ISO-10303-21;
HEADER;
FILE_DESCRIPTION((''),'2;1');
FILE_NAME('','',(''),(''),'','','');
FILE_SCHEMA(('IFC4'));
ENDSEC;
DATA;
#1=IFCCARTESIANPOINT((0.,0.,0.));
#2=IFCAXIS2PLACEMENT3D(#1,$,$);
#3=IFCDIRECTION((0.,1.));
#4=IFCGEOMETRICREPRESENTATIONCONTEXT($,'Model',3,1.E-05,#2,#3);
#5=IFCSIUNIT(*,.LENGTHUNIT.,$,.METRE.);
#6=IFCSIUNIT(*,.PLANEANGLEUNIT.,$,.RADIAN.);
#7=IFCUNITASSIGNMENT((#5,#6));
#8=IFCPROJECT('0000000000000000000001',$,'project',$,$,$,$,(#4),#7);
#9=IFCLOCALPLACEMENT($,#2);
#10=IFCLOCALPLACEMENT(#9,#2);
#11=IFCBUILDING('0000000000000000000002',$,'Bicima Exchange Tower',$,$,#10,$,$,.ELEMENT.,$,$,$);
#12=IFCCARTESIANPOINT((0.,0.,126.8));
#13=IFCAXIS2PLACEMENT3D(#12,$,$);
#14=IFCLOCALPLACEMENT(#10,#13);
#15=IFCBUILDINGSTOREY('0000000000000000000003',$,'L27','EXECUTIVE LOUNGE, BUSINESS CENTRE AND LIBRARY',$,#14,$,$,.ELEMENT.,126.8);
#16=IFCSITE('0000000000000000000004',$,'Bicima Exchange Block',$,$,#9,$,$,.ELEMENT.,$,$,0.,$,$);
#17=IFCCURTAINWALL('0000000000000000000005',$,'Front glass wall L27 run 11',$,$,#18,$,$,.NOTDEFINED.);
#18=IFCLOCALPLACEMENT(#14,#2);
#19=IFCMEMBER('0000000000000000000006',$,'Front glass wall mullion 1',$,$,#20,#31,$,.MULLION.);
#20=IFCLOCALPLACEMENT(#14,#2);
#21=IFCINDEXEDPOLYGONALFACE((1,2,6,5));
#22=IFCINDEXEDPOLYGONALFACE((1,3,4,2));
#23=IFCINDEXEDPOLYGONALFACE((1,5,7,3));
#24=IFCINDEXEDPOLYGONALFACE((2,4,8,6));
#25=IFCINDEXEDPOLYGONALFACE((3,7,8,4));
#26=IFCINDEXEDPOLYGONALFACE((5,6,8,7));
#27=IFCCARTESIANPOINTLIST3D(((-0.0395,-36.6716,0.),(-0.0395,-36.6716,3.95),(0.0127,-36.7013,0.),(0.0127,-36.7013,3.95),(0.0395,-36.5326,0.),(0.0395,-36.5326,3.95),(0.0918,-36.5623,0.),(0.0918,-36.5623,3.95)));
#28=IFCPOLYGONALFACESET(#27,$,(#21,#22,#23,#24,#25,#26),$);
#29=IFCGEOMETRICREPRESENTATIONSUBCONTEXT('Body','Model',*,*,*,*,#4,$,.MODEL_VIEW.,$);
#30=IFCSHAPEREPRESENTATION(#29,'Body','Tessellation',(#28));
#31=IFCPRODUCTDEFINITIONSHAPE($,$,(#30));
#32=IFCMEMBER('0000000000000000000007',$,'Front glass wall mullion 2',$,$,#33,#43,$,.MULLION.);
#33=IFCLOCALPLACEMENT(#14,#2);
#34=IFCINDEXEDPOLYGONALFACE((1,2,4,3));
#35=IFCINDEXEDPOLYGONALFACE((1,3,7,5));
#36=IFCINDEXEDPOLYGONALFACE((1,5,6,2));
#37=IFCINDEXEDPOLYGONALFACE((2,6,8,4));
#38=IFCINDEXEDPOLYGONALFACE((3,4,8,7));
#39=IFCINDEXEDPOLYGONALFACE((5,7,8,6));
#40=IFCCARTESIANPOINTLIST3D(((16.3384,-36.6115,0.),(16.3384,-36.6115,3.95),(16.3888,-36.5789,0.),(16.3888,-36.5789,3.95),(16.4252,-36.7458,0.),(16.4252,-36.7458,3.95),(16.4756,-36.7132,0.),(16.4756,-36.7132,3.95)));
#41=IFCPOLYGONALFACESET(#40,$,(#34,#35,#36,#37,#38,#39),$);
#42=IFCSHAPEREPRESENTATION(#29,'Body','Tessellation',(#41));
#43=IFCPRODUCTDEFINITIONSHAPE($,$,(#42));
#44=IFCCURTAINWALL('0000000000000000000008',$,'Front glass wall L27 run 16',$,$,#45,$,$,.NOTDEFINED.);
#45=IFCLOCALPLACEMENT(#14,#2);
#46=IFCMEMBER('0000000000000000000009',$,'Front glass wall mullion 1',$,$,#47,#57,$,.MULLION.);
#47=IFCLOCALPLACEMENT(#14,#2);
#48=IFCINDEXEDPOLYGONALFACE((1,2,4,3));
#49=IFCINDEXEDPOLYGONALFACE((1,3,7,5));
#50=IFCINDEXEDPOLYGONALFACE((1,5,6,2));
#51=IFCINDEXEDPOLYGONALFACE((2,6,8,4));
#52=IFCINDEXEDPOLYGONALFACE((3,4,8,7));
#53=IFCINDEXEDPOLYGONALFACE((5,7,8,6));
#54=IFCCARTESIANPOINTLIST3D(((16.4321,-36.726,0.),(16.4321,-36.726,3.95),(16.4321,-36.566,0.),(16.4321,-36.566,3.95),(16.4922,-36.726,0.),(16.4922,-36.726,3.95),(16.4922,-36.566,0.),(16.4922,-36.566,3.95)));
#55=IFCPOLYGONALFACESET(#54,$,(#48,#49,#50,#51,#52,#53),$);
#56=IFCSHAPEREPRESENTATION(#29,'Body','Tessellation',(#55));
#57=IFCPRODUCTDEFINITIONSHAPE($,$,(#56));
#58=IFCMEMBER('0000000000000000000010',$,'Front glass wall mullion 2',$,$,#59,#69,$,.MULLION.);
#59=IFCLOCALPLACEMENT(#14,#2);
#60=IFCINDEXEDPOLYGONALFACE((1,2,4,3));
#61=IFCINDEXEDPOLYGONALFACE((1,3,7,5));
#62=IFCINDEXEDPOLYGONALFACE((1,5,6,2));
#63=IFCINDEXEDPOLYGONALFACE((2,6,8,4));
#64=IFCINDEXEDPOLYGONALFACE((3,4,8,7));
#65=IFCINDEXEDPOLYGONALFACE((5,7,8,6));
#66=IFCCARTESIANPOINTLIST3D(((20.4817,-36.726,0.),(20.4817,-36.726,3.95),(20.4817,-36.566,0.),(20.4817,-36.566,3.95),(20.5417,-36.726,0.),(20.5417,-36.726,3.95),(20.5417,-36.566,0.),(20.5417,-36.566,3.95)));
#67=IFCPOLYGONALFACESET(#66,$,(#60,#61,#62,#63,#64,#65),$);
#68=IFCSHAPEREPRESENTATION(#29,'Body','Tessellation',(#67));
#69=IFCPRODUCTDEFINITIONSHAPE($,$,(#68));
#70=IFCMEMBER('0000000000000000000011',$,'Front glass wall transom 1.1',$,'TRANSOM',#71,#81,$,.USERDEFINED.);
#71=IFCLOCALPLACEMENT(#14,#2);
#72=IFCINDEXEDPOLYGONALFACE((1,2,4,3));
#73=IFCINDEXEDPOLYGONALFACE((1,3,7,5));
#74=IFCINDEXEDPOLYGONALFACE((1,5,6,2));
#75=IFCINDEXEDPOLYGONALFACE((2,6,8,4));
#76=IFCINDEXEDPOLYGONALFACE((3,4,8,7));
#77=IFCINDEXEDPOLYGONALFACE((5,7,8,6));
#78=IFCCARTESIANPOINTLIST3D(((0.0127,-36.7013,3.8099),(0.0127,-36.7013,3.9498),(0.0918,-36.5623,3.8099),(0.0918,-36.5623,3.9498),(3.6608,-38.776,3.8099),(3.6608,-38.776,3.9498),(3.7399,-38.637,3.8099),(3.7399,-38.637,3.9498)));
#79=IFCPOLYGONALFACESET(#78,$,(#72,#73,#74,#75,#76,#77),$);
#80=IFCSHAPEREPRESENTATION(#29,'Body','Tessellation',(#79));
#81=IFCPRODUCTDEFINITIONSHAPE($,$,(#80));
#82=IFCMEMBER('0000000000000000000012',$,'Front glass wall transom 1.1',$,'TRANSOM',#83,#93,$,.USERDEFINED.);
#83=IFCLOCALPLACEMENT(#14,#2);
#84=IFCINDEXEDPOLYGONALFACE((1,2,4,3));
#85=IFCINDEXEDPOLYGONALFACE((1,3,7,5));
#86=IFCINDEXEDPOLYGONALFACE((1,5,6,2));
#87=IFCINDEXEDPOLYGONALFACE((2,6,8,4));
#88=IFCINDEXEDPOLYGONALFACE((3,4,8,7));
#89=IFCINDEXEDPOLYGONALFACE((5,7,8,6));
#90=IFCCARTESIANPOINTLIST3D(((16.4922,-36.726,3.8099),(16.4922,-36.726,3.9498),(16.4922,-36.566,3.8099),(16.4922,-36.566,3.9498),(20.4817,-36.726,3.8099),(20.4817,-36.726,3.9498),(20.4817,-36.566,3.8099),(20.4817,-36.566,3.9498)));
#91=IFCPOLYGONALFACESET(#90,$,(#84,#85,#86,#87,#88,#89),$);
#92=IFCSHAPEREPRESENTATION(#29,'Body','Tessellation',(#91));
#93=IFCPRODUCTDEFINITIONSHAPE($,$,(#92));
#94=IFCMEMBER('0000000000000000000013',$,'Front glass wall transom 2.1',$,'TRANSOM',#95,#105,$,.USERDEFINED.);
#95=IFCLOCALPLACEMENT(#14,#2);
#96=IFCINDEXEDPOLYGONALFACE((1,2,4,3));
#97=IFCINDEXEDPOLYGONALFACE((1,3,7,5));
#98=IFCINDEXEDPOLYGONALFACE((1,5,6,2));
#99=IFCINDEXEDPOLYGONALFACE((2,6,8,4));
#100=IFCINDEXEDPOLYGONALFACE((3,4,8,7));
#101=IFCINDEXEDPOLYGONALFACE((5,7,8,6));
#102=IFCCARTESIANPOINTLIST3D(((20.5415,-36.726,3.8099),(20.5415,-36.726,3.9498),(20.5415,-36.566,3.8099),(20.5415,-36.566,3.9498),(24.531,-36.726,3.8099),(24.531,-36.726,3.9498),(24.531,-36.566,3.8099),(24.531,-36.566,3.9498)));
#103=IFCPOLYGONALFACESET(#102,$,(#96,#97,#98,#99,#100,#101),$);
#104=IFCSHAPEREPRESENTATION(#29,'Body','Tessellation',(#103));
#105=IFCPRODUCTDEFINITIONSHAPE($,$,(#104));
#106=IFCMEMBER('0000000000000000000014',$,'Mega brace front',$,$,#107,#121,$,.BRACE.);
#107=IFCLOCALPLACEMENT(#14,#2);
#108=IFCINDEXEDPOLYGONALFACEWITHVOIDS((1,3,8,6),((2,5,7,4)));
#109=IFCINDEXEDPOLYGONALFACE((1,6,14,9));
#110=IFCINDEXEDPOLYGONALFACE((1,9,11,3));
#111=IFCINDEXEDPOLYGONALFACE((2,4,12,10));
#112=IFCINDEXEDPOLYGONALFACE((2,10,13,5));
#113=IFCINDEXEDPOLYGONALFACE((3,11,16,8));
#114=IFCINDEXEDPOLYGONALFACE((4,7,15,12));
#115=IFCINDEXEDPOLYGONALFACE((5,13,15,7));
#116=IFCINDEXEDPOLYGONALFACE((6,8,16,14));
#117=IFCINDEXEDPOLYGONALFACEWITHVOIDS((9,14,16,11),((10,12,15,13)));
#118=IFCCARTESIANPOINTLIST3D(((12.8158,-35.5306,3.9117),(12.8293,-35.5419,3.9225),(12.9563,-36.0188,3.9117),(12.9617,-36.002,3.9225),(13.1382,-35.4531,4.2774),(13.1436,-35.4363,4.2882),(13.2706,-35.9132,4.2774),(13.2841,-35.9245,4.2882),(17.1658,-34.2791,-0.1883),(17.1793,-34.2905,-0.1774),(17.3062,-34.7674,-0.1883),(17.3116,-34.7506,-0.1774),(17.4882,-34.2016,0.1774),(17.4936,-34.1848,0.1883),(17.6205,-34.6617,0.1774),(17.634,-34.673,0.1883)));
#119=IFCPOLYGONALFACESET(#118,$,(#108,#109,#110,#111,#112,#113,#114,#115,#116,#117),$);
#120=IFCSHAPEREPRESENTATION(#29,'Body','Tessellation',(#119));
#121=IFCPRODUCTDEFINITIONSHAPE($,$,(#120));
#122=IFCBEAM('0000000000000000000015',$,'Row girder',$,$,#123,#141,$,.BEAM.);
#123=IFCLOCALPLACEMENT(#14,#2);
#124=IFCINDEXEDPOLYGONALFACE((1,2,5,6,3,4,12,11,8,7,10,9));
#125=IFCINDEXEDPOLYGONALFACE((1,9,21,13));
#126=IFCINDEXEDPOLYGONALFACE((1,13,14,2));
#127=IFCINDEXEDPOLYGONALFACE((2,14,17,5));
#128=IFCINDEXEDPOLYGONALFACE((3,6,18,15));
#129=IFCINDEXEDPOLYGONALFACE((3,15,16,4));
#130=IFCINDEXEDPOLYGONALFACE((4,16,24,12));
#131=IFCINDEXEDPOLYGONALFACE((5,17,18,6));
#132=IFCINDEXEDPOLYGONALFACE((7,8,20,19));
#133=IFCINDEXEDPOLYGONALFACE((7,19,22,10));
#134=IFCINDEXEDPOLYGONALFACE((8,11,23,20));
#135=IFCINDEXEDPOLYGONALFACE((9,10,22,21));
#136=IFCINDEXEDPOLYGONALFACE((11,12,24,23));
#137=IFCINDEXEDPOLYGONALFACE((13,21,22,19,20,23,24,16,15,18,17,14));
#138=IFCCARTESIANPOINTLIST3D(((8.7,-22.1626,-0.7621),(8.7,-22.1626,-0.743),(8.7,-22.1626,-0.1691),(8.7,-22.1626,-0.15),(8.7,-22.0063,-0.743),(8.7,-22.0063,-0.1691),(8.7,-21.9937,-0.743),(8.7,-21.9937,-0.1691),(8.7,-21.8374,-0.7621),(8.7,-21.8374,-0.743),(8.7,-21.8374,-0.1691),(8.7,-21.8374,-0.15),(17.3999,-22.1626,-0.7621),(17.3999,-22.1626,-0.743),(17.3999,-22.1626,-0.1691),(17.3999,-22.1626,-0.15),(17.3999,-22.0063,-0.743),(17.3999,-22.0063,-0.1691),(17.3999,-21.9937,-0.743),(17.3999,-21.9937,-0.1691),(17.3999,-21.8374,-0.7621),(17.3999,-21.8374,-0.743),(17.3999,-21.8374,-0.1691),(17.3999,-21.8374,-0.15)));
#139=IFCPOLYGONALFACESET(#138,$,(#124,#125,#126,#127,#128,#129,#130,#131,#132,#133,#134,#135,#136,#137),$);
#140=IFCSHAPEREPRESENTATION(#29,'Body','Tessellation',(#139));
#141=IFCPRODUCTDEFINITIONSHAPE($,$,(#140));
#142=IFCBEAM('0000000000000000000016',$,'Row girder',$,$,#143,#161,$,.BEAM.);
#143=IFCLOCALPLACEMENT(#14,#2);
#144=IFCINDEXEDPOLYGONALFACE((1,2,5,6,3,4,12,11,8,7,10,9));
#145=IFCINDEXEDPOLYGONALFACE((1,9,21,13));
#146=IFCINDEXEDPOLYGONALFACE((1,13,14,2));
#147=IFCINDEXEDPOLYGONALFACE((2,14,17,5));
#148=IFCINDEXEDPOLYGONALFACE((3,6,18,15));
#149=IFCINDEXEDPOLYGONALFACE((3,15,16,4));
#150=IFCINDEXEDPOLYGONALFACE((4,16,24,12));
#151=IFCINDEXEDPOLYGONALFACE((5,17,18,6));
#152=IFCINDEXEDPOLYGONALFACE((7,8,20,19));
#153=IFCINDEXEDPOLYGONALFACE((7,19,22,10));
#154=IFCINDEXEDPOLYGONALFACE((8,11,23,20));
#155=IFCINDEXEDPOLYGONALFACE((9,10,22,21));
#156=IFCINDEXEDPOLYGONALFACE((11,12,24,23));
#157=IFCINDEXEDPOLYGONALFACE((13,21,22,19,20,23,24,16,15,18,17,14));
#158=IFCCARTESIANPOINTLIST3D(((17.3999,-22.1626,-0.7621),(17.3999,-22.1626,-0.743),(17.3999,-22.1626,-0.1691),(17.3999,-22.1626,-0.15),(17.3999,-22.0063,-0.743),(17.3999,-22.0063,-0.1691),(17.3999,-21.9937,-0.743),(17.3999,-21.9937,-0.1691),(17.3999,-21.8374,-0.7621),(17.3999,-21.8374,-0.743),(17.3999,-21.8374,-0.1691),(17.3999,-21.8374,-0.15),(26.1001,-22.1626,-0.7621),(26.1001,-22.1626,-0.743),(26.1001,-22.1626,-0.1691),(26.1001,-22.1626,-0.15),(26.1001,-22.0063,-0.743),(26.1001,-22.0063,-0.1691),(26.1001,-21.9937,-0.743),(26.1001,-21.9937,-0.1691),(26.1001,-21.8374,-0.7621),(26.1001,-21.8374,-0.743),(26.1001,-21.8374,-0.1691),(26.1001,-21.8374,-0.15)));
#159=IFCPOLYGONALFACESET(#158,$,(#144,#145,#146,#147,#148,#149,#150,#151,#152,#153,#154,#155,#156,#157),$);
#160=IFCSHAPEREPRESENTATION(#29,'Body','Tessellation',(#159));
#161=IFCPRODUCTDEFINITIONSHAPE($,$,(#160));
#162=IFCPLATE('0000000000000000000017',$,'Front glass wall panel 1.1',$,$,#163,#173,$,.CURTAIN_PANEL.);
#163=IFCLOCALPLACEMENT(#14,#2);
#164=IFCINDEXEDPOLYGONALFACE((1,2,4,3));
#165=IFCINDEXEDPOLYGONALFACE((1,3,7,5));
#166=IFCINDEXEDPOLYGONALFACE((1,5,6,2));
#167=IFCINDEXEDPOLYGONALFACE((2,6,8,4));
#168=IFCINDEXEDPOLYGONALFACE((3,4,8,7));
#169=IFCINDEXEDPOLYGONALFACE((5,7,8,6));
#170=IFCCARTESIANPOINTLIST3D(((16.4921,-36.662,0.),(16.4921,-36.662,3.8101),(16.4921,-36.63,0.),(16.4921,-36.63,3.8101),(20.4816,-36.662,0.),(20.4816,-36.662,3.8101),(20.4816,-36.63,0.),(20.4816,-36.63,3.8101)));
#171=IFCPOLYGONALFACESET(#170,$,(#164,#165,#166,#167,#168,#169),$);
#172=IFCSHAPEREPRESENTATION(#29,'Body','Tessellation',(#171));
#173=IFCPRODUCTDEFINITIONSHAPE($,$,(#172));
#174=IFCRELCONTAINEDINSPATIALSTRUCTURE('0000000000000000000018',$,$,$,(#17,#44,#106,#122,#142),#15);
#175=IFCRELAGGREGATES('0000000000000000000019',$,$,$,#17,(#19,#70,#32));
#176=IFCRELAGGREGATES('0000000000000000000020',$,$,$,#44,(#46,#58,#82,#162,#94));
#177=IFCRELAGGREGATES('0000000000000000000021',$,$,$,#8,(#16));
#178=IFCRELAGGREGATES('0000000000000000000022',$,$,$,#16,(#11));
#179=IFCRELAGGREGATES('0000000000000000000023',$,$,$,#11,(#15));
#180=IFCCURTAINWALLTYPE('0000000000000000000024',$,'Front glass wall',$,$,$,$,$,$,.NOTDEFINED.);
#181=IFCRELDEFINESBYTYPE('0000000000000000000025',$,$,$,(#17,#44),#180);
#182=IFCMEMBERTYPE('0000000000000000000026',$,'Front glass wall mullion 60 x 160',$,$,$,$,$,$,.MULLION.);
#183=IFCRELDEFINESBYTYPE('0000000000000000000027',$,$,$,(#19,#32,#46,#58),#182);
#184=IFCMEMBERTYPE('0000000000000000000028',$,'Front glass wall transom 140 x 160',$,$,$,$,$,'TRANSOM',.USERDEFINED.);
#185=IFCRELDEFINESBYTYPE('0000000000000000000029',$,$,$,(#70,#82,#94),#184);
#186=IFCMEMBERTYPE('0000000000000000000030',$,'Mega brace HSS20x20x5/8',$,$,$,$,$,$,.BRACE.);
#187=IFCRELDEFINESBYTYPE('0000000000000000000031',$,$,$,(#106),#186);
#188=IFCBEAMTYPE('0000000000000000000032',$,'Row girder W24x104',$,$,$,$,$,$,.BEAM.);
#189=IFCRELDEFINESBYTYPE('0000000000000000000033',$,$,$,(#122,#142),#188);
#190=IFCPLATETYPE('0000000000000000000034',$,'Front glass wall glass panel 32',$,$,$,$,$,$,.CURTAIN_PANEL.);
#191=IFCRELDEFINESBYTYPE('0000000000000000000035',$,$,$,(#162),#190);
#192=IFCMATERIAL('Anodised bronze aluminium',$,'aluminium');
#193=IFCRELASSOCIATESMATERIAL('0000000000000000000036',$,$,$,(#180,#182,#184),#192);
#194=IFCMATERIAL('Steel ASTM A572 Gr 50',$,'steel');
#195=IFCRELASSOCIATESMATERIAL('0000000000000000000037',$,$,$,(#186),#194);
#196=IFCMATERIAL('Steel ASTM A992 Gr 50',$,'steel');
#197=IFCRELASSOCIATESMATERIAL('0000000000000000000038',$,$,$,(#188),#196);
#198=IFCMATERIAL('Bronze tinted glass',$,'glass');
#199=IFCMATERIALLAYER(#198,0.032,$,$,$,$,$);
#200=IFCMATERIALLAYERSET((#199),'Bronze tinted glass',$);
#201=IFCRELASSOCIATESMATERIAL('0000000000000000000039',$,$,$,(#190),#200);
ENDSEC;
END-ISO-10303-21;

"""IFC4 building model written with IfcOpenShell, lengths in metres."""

from ifc_helpers import new_model, si_unit, direction, frame, origin, origin_2d, place, context, subcontext, project, spatial, rectangle, hollow_rectangle, i_section, extrude, material, layer, layer_set, material_profile, profile_set, type_object, element, aggregate, save


model = new_model("IFC4")

# Units and contexts
model_context = context("Model", 3, precision=1e-05, world=origin(), true_north=direction((0.0, 1.0)))
body_context = subcontext(model_context, "Body", "Model", "MODEL_VIEW")
ifc_project = project(units=[si_unit("LENGTHUNIT", "METRE"), si_unit("PLANEANGLEUNIT", "RADIAN")], contexts=[model_context])

# Site, building, storey
site_placement = place(None, origin())
site = spatial("IfcSite", under=ifc_project, at=site_placement, Name="Bicima Exchange Block", CompositionType="ELEMENT", RefElevation=0.0)
building_placement = place(site_placement, origin())
building = spatial("IfcBuilding", under=site, at=building_placement, Name="Bicima Exchange Tower", CompositionType="ELEMENT")
storey_placement = place(building_placement, frame((0.0, 0.0, 126.8)))
storey = spatial("IfcBuildingStorey", under=building, at=storey_placement, Name="L27", Description="EXECUTIVE LOUNGE, BUSINESS CENTRE AND LIBRARY", CompositionType="ELEMENT", Elevation=126.8)

# Shared definitions
ifc_material_1 = material(Name="Steel ASTM A992 Gr 50", Category="steel")

# Shared definitions
ifc_material_profile_1 = material_profile(ifc_material_1, i_section(OverallWidth=0.3252, OverallDepth=0.6121, WebThickness=0.0127, FlangeThickness=0.019, at=origin_2d()))
ifc_profile_set_1 = profile_set([ifc_material_profile_1], Name="Steel ASTM A992 Gr 50")

# Curtain walls, members
ifc_material_2 = material(Name="Anodised bronze aluminium", Category="aluminium")
curtain_wall_type = type_object("IfcCurtainWallType", Name="Front glass wall", PredefinedType="NOTDEFINED", material=ifc_material_2)
curtain_wall_1_placement = place(storey_placement, origin())
curtain_wall_1 = element("IfcCurtainWall", 1, at=curtain_wall_1_placement, inside=storey, type_object=curtain_wall_type, Name="Front glass wall L27 run 11", PredefinedType="NOTDEFINED")
ifc_material_profile_2 = material_profile(ifc_material_2, rectangle(XDim=0.1599, YDim=0.0601, at=origin_2d()))
ifc_profile_set_2 = profile_set([ifc_material_profile_2], Name="Anodised bronze aluminium")
member_type_1 = type_object("IfcMemberType", Name="Front glass wall mullion 60 x 160", PredefinedType="MULLION", material=ifc_profile_set_2)
member_1_placement = place(storey_placement, frame((0.0261, -36.6169, 0.0), z_axis=(0.0, 0.0, 1.0), x_axis=(0.49433, 0.869274, 0.0)))
member_1 = element("IfcMember", 2, at=member_1_placement, type_object=member_type_1, Name="Front glass wall mullion 1", PredefinedType="MULLION", context=body_context, shape_type="SweptSolid", body=[
    extrude(rectangle(XDim=0.1599, YDim=0.0601, at=origin_2d()), origin(), (0.0, 0.0, 1.0), 3.95),
])
member_2_placement = place(storey_placement, frame((16.407, -36.6624, 0.0), z_axis=(0.0, 0.0, 1.0), x_axis=(-0.542909, 0.839791, 0.0)))
member_2 = element("IfcMember", 3, at=member_2_placement, type_object=member_type_1, Name="Front glass wall mullion 2", PredefinedType="MULLION", context=body_context, shape_type="SweptSolid", body=[
    extrude(rectangle(XDim=0.1599, YDim=0.0601, at=origin_2d()), origin(), (0.0, 0.0, 1.0), 3.95),
])
curtain_wall_2_placement = place(storey_placement, origin())
curtain_wall_2 = element("IfcCurtainWall", 4, at=curtain_wall_2_placement, inside=storey, type_object=curtain_wall_type, Name="Front glass wall L27 run 16", PredefinedType="NOTDEFINED")
member_3_placement = place(storey_placement, frame((16.4622, -36.646, 0.0), z_axis=(0.0, 0.0, 1.0), x_axis=(0.0, 1.0, 0.0)))
member_3 = element("IfcMember", 5, at=member_3_placement, type_object=member_type_1, Name="Front glass wall mullion 1", PredefinedType="MULLION", context=body_context, shape_type="SweptSolid", body=[
    extrude(rectangle(XDim=0.1599, YDim=0.0601, at=origin_2d()), origin(), (0.0, 0.0, 1.0), 3.95),
])
member_4_placement = place(storey_placement, frame((20.5117, -36.646, 0.0), z_axis=(0.0, 0.0, 1.0), x_axis=(0.0, 1.0, 0.0)))
member_4 = element("IfcMember", 6, at=member_4_placement, type_object=member_type_1, Name="Front glass wall mullion 2", PredefinedType="MULLION", context=body_context, shape_type="SweptSolid", body=[
    extrude(rectangle(XDim=0.1599, YDim=0.0601, at=origin_2d()), origin(), (0.0, 0.0, 1.0), 3.95),
])

# Members
ifc_material_profile_3 = material_profile(ifc_material_2, rectangle(XDim=0.1599, YDim=0.1399, at=origin_2d()))
ifc_profile_set_3 = profile_set([ifc_material_profile_3], Name="Anodised bronze aluminium")
member_type_2 = type_object("IfcMemberType", Name="Front glass wall transom 140 x 160", ElementType="TRANSOM", PredefinedType="USERDEFINED", material=ifc_profile_set_3)
member_5_placement = place(storey_placement, frame((0.0522, -36.6318, 3.8799), z_axis=(0.869265, -0.494346, 0.0), x_axis=(0.494346, 0.869265, 0.0)))
member_5 = element("IfcMember", 7, at=member_5_placement, type_object=member_type_2, Name="Front glass wall transom 1.1", ObjectType="TRANSOM", PredefinedType="USERDEFINED", context=body_context, shape_type="SweptSolid", body=[
    extrude(rectangle(XDim=0.1599, YDim=0.1399, at=origin_2d()), origin(), (0.0, 0.0, 1.0), 4.1968),
])
aggregate(curtain_wall_1, [member_1, member_5, member_2])
member_6_placement = place(storey_placement, frame((16.4922, -36.646, 3.8799), z_axis=(1.0, 0.0, 0.0), x_axis=(0.0, 1.0, 0.0)))
member_6 = element("IfcMember", 8, at=member_6_placement, type_object=member_type_2, Name="Front glass wall transom 1.1", ObjectType="TRANSOM", PredefinedType="USERDEFINED", context=body_context, shape_type="SweptSolid", body=[
    extrude(rectangle(XDim=0.1599, YDim=0.1399, at=origin_2d()), origin(), (0.0, 0.0, 1.0), 3.9895),
])
member_7_placement = place(storey_placement, frame((20.5415, -36.646, 3.8799), z_axis=(1.0, 0.0, 0.0), x_axis=(0.0, 1.0, 0.0)))
member_7 = element("IfcMember", 9, at=member_7_placement, type_object=member_type_2, Name="Front glass wall transom 2.1", ObjectType="TRANSOM", PredefinedType="USERDEFINED", context=body_context, shape_type="SweptSolid", body=[
    extrude(rectangle(XDim=0.1599, YDim=0.1399, at=origin_2d()), origin(), (0.0, 0.0, 1.0), 3.9895),
])
ifc_material_3 = material(Name="Steel ASTM A572 Gr 50", Category="steel")
ifc_material_profile_4 = material_profile(ifc_material_3, hollow_rectangle(XDim=0.5081, YDim=0.5081, WallThickness=0.0146, at=origin_2d()))
ifc_profile_set_4 = profile_set([ifc_material_profile_4], Name="Steel ASTM A572 Gr 50")
member_type_3 = type_object("IfcMemberType", Name="Mega brace HSS20x20x5/8", PredefinedType="BRACE", material=ifc_profile_set_4)
member_8_placement = place(storey_placement, frame((17.3999, -34.4761, 0.0), z_axis=(-0.712266, -0.204921, 0.67133), x_axis=(0.276487, -0.961018, 0.0)))
element("IfcMember", 10, at=member_8_placement, inside=storey, type_object=member_type_3, Name="Mega brace front", PredefinedType="BRACE", context=body_context, shape_type="SweptSolid", body=[
    extrude(hollow_rectangle(XDim=0.5081, YDim=0.5081, WallThickness=0.0146, at=origin_2d()), origin(), (0.0, 0.0, 1.0), 6.1072),
])

# Beams
beam_type_1 = type_object("IfcBeamType", Name="Row girder W24x104", PredefinedType="BEAM", material=ifc_profile_set_1)
beam_1_placement = place(storey_placement, frame((8.7, -22.0, -0.4561), z_axis=(1.0, 0.0, 0.0), x_axis=(0.0, 1.0, 0.0)))
element("IfcBeam", 11, at=beam_1_placement, inside=storey, type_object=beam_type_1, Name="Row girder", PredefinedType="BEAM", context=body_context, shape_type="SweptSolid", body=[
    extrude(i_section(OverallWidth=0.3252, OverallDepth=0.6121, WebThickness=0.0127, FlangeThickness=0.019, at=origin_2d()), origin(), (0.0, 0.0, 1.0), 8.7),
])
beam_2_placement = place(storey_placement, frame((17.3999, -22.0, -0.4561), z_axis=(1.0, 0.0, 0.0), x_axis=(0.0, 1.0, 0.0)))
element("IfcBeam", 12, at=beam_2_placement, inside=storey, type_object=beam_type_1, Name="Row girder", PredefinedType="BEAM", context=body_context, shape_type="SweptSolid", body=[
    extrude(i_section(OverallWidth=0.3252, OverallDepth=0.6121, WebThickness=0.0127, FlangeThickness=0.019, at=origin_2d()), origin(), (0.0, 0.0, 1.0), 8.7002),
])

# Plate
ifc_material_4 = material(Name="Bronze tinted glass", Category="glass")
ifc_layer_1 = layer(ifc_material_4, 0.032)
ifc_layer_set_1 = layer_set([ifc_layer_1], Name="Bronze tinted glass")
plate_type = type_object("IfcPlateType", Name="Front glass wall glass panel 32", PredefinedType="CURTAIN_PANEL", material=ifc_layer_set_1)
plate_placement = place(storey_placement, frame((18.4868, -36.646, 0.0), z_axis=(0.0, 0.0, 1.0), x_axis=(1.0, 0.0, 0.0)))
plate = element("IfcPlate", 13, at=plate_placement, type_object=plate_type, Name="Front glass wall panel 1.1", PredefinedType="CURTAIN_PANEL", context=body_context, shape_type="SweptSolid", body=[
    extrude(rectangle(XDim=3.9895, YDim=0.032, at=origin_2d()), origin(), (0.0, 0.0, 1.0), 3.8101),
])
aggregate(curtain_wall_2, [member_3, member_4, member_6, plate, member_7])

save(model, "model.ifc")
